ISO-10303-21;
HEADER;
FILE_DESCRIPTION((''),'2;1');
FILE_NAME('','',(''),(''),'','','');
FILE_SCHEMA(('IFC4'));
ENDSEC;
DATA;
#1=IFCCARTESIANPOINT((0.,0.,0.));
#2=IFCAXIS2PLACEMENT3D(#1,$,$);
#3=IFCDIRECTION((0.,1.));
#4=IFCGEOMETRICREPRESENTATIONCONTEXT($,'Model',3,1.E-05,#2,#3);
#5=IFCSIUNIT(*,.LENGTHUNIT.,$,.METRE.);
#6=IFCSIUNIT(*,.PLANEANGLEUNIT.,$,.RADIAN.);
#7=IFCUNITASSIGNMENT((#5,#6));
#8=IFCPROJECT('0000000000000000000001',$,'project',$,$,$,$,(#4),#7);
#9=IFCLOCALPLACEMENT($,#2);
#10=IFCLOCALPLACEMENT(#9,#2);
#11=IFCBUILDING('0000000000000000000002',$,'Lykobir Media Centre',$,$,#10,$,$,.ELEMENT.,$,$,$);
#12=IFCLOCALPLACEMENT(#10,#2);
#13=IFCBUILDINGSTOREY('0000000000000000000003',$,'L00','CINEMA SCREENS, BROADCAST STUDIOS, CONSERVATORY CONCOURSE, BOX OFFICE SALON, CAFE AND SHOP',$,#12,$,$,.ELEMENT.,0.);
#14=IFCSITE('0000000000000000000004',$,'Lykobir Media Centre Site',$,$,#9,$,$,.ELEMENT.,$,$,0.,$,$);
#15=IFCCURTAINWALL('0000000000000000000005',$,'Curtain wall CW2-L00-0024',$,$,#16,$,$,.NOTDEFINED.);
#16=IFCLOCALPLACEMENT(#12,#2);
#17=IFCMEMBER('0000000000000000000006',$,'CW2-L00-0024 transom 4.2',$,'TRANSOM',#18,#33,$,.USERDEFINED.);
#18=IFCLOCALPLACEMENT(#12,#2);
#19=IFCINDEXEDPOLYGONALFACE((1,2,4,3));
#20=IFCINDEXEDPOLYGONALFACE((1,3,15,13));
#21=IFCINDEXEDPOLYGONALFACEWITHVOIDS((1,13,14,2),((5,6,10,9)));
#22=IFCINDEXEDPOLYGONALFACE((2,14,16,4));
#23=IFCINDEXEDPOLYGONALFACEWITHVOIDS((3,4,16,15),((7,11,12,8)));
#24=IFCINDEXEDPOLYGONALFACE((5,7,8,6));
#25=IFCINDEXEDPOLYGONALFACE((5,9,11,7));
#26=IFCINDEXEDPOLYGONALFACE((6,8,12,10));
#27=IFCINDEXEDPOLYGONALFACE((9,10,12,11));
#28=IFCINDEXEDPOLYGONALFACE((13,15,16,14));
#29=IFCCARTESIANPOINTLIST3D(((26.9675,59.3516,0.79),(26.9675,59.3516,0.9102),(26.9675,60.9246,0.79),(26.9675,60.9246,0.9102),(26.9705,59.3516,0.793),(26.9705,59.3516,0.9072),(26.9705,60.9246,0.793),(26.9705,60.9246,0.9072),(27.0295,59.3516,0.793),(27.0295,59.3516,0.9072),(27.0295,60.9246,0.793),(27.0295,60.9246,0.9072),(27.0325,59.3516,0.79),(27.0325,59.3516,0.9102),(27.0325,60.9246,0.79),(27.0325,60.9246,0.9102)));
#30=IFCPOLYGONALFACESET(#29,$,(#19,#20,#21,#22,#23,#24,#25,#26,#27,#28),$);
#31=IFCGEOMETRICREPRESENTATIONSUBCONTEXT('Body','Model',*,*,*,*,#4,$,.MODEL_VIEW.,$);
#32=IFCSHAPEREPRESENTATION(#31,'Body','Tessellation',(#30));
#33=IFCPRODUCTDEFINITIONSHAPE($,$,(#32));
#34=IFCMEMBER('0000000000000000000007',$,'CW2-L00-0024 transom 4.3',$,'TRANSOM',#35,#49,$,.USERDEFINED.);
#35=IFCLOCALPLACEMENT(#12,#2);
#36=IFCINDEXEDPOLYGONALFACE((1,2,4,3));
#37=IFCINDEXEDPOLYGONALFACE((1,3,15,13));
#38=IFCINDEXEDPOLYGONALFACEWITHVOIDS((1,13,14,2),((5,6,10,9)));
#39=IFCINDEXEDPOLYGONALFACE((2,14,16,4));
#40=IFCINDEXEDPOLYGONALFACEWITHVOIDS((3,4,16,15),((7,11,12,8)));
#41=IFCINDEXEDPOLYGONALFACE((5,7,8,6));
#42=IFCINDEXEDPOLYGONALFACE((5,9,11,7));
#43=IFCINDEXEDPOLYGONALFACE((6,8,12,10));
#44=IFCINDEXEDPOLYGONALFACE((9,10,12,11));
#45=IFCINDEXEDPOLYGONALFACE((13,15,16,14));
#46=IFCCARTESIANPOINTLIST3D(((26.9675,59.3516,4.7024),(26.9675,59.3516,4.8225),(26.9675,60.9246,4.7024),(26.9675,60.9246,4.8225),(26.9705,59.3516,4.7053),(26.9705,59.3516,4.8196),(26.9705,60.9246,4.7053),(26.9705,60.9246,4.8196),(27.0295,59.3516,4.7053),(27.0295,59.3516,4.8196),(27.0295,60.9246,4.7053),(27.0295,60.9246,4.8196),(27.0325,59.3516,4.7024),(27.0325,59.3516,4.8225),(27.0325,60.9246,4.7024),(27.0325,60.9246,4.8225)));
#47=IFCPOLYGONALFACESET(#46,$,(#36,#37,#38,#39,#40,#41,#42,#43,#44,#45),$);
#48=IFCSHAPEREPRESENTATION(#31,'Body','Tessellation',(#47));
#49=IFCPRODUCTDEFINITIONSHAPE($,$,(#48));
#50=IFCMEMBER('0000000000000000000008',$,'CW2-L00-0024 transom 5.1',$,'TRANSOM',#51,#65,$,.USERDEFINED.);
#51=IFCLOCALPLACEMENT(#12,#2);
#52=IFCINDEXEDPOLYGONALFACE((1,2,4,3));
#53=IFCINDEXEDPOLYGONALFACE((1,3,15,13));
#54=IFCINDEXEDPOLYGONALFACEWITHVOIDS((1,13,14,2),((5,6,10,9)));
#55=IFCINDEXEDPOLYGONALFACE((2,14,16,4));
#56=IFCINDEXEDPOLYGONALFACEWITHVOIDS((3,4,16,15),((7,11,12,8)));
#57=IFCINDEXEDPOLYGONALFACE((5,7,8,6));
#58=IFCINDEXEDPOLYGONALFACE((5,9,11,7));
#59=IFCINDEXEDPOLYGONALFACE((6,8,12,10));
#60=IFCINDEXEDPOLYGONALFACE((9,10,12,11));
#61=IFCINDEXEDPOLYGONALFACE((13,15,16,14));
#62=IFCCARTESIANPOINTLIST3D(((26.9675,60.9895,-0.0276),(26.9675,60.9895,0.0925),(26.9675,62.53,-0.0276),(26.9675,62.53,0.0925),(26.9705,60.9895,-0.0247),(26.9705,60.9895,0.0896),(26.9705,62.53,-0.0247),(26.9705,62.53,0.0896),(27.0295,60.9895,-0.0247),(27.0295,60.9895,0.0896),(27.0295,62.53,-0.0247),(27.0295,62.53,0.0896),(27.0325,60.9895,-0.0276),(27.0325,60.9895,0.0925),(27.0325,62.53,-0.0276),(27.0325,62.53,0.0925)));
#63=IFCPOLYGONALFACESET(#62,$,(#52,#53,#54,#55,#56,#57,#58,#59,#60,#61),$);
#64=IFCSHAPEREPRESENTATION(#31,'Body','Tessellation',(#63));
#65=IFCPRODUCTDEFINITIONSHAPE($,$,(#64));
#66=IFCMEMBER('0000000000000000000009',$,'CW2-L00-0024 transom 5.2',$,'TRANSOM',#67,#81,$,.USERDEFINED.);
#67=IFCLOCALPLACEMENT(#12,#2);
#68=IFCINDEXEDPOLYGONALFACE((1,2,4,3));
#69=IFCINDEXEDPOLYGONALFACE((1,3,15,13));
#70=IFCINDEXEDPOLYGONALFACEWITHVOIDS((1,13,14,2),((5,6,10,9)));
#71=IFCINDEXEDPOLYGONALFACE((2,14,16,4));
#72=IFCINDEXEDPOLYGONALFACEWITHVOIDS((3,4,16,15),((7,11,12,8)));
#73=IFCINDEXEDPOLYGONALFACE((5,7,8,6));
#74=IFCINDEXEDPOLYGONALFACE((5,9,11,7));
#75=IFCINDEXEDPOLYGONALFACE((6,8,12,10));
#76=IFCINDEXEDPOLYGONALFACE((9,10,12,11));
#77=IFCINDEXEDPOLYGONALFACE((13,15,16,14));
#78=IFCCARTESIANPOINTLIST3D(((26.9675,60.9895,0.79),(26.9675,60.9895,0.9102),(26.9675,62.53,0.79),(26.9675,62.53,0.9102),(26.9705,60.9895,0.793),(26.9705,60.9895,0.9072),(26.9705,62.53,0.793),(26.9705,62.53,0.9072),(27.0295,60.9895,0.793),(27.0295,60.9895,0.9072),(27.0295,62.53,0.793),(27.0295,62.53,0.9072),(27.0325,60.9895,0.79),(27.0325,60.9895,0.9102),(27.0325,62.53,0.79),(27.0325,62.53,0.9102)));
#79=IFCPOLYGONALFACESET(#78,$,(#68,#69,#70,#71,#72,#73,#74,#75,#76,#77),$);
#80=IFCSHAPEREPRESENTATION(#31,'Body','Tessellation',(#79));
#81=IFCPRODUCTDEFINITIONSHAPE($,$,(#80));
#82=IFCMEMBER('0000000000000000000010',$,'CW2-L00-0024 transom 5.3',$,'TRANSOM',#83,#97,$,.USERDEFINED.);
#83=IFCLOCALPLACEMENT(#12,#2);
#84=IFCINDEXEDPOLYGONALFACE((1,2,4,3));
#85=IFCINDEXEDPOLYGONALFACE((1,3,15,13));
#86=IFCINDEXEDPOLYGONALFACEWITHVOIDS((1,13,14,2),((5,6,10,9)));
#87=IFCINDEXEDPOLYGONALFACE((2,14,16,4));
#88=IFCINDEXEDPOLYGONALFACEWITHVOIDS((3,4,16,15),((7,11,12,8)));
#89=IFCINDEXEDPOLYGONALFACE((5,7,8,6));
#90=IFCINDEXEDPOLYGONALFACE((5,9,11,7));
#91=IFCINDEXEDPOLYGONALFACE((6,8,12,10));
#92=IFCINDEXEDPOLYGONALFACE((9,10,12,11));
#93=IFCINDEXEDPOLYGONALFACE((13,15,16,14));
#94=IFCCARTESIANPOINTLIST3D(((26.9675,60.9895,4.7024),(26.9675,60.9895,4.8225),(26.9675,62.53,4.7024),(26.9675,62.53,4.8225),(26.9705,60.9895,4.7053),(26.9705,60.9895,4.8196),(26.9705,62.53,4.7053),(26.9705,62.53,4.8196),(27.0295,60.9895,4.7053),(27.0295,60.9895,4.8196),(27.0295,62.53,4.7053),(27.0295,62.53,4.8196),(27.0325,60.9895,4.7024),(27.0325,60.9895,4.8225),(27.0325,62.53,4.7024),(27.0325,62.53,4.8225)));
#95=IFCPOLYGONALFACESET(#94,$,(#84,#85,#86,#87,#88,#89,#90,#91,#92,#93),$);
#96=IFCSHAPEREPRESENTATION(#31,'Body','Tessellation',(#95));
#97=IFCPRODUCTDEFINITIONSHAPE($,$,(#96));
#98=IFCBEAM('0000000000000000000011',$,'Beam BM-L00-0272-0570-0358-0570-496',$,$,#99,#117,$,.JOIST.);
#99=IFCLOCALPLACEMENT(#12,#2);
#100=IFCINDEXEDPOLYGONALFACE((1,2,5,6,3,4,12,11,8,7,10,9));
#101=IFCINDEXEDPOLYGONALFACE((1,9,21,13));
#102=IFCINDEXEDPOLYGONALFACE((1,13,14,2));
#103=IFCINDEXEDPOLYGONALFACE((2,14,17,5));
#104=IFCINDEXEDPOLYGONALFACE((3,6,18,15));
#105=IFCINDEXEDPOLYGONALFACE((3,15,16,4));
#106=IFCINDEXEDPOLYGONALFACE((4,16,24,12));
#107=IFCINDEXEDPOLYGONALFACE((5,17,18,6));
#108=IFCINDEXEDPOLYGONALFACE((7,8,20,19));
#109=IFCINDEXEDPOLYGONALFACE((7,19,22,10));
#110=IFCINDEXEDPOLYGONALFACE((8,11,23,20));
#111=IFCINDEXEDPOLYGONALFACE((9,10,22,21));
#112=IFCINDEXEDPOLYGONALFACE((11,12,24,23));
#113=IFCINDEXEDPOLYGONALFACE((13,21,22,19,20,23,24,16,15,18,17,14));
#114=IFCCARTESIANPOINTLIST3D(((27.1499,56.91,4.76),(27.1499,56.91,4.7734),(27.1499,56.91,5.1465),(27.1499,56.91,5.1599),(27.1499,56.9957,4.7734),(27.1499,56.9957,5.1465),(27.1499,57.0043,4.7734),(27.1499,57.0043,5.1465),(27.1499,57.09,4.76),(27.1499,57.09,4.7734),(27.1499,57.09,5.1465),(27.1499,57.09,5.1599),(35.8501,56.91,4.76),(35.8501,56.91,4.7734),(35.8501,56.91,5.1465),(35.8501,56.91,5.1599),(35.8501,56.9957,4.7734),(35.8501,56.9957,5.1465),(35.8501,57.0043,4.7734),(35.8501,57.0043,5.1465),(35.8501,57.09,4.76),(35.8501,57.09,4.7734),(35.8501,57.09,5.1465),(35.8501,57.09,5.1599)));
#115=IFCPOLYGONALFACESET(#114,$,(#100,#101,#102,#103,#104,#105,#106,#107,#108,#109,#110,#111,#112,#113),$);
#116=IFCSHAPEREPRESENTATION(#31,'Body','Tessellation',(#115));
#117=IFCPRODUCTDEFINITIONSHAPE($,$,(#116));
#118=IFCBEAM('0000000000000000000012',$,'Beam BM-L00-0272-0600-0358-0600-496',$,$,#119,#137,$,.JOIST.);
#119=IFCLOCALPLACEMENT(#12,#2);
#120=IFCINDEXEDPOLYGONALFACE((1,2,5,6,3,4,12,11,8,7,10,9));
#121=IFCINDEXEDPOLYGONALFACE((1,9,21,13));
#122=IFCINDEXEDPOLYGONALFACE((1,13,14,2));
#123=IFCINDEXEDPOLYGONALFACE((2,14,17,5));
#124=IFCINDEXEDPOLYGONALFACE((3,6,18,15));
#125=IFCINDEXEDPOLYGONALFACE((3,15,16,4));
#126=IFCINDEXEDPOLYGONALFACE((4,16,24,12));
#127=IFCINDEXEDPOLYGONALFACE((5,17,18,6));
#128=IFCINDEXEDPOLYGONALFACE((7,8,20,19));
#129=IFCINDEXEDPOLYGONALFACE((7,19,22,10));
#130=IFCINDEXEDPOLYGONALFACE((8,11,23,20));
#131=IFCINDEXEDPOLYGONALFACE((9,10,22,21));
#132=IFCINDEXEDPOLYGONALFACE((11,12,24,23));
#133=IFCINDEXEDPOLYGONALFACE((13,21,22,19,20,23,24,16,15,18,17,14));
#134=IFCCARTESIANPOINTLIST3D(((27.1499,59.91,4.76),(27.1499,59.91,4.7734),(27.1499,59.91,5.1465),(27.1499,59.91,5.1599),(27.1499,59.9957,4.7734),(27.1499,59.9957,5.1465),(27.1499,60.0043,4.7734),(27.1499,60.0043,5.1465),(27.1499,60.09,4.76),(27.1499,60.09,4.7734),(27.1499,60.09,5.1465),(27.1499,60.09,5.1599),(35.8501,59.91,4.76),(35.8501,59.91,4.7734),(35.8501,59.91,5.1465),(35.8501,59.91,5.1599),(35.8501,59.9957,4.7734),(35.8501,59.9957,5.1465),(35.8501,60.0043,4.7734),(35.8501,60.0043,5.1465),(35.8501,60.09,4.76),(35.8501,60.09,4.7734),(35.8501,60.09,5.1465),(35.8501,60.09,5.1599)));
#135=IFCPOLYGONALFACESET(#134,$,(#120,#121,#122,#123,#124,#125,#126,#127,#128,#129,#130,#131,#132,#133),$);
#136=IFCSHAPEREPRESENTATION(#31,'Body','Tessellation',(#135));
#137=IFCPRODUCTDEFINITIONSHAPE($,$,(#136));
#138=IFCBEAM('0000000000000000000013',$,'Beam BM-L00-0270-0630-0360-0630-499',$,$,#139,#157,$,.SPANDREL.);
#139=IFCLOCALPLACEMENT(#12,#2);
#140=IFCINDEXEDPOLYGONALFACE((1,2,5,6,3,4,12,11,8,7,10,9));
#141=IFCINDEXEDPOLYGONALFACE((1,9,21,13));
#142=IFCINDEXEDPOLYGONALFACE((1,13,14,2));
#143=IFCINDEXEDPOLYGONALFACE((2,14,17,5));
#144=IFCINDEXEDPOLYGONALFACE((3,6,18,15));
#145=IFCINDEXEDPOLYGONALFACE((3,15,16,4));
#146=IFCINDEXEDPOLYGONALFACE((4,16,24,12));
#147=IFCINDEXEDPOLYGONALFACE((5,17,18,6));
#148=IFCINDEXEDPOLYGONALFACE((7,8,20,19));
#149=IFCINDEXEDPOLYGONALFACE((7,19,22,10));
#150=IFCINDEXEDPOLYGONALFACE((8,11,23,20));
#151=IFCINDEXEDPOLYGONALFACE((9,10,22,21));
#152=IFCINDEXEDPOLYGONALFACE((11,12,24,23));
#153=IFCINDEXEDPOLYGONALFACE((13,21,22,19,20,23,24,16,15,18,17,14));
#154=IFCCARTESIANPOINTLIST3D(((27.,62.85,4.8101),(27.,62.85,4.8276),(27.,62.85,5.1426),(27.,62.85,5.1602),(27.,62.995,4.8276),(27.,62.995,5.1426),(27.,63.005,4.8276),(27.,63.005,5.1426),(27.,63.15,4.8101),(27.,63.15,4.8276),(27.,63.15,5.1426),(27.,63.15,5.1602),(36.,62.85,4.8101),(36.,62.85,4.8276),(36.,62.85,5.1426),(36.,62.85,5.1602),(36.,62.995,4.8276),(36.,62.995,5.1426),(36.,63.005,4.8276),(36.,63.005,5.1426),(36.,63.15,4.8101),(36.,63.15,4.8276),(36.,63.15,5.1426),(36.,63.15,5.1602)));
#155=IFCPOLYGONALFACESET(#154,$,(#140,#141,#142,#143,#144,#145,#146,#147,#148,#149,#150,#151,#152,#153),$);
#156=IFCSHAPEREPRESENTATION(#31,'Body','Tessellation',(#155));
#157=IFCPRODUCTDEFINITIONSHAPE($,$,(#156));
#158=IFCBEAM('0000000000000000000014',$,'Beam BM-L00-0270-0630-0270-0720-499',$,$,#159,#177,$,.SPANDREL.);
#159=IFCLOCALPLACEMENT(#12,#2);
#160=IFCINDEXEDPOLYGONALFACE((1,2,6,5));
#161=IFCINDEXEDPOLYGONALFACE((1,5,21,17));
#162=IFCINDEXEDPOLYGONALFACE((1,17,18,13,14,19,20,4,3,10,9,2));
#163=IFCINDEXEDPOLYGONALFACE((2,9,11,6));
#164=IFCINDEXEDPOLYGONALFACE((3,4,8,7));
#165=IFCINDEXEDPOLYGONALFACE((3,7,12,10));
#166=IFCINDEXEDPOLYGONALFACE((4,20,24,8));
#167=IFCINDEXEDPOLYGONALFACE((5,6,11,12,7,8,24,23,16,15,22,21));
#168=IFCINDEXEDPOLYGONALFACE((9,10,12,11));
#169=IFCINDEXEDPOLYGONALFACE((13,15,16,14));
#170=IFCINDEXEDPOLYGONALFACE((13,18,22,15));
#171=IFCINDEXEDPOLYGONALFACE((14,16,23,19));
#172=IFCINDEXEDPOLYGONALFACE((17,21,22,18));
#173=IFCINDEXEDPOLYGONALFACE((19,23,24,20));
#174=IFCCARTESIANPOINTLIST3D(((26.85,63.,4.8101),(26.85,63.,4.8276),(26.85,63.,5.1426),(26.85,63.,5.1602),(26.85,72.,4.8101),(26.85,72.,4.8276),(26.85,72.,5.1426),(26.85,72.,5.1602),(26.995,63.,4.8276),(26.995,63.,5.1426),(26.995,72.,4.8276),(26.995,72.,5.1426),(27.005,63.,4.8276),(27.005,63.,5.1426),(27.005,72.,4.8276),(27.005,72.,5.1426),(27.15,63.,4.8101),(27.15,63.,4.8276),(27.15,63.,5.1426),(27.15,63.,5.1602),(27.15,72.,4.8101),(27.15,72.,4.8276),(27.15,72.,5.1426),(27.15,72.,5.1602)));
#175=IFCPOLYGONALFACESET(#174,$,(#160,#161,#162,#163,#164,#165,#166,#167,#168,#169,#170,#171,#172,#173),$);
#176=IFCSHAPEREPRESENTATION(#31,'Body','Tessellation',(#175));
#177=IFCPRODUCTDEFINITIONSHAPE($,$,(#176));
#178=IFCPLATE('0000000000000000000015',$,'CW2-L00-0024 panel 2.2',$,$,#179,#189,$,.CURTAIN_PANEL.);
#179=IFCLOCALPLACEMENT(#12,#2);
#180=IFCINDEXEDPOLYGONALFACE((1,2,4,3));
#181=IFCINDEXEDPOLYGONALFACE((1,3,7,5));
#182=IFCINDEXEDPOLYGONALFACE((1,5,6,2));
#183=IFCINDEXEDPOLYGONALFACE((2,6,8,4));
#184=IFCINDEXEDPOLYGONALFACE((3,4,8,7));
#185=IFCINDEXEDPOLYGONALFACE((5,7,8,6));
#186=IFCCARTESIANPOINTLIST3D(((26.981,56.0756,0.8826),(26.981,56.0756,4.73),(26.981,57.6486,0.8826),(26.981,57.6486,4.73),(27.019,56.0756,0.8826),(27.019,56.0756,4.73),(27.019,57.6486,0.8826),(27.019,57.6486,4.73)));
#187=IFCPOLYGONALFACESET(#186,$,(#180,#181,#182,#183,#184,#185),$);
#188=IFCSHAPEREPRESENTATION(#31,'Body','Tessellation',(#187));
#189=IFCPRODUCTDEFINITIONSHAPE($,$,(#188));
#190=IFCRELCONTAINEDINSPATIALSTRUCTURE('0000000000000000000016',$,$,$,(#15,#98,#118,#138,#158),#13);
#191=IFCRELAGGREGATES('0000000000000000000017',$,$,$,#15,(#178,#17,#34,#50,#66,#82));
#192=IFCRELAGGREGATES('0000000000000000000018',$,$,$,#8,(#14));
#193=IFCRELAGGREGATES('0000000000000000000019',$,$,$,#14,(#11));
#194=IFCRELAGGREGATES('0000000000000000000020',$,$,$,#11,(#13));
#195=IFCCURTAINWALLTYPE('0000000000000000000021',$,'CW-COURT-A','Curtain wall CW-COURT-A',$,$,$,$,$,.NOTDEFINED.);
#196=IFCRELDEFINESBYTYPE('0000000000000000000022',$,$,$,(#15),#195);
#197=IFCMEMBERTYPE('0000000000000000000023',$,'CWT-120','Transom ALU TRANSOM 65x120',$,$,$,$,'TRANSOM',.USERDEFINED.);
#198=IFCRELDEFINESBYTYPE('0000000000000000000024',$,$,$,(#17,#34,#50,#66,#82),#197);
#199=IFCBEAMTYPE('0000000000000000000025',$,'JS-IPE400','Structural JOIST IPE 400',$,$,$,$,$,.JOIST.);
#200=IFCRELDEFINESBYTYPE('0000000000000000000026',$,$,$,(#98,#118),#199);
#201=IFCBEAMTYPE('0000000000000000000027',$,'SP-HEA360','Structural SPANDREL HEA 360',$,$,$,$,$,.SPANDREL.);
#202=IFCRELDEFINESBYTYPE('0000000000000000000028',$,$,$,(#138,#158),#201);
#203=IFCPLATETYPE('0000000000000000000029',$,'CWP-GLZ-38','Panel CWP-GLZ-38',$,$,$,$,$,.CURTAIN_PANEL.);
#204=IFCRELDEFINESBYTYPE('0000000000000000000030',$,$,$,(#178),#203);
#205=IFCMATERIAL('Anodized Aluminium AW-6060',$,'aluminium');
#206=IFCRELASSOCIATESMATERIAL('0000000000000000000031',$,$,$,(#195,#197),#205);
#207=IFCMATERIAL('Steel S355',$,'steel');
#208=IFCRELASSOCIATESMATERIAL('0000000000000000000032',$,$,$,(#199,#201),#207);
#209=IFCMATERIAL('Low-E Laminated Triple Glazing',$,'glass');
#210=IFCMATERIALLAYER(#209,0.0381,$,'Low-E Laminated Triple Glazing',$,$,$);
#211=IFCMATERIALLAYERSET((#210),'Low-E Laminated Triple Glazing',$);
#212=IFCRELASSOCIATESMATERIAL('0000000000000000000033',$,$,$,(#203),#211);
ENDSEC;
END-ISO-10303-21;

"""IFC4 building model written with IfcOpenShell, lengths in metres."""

from ifc_helpers import new_model, si_unit, direction, frame, origin, origin_2d, place, context, subcontext, project, spatial, rectangle, hollow_rectangle, i_section, extrude, material, layer, layer_set, material_profile, profile_set, type_object, element, aggregate, save


model = new_model("IFC4")

# Units and contexts
model_context = context("Model", 3, precision=1e-05, world=origin(), true_north=direction((0.0, 1.0)))
body_context = subcontext(model_context, "Body", "Model", "MODEL_VIEW")
ifc_project = project(units=[si_unit("LENGTHUNIT", "METRE"), si_unit("PLANEANGLEUNIT", "RADIAN")], contexts=[model_context])

# Site, building, storey
site_placement = place(None, origin())
site = spatial("IfcSite", under=ifc_project, at=site_placement, Name="Lykobir Media Centre Site", CompositionType="ELEMENT", RefElevation=0.0)
building_placement = place(site_placement, origin())
building = spatial("IfcBuilding", under=site, at=building_placement, Name="Lykobir Media Centre", CompositionType="ELEMENT")
storey_placement = place(building_placement, origin())
storey = spatial("IfcBuildingStorey", under=building, at=storey_placement, Name="L00", Description="CINEMA SCREENS, BROADCAST STUDIOS, CONSERVATORY CONCOURSE, BOX OFFICE SALON, CAFE AND SHOP", CompositionType="ELEMENT", Elevation=0.0)

# Curtain wall, members
ifc_material_1 = material(Name="Anodized Aluminium AW-6060", Category="aluminium")
curtain_wall_type = type_object("IfcCurtainWallType", Name="CW-COURT-A", Description="Curtain wall CW-COURT-A", PredefinedType="NOTDEFINED", material=ifc_material_1)
curtain_wall_placement = place(storey_placement, origin())
curtain_wall = element("IfcCurtainWall", 1, at=curtain_wall_placement, inside=storey, type_object=curtain_wall_type, Name="Curtain wall CW2-L00-0024", PredefinedType="NOTDEFINED")
ifc_material_profile_1 = material_profile(ifc_material_1, hollow_rectangle(XDim=0.0649, YDim=0.1201, WallThickness=0.0029, at=origin_2d()), Name="ALU TRANSOM 65x120")
ifc_profile_set_1 = profile_set([ifc_material_profile_1], Name="Anodized Aluminium AW-6060")
member_type_1 = type_object("IfcMemberType", Name="CWT-120", Description="Transom ALU TRANSOM 65x120", ElementType="TRANSOM", PredefinedType="USERDEFINED", material=ifc_profile_set_1)
member_1_placement = place(storey_placement, frame((27.0, 59.3516, 0.8501), z_axis=(0.0, 1.0, 0.0), x_axis=(-1.0, 0.0, 0.0)))
member_1 = element("IfcMember", 2, at=member_1_placement, type_object=member_type_1, Name="CW2-L00-0024 transom 4.2", ObjectType="TRANSOM", PredefinedType="USERDEFINED", context=body_context, shape_type="SweptSolid", body=[
    extrude(hollow_rectangle(XDim=0.0649, YDim=0.1201, WallThickness=0.0029, at=origin_2d()), origin(), (0.0, 0.0, 1.0), 1.573),
])
member_2_placement = place(storey_placement, frame((27.0, 59.3516, 4.7625), z_axis=(0.0, 1.0, 0.0), x_axis=(-1.0, 0.0, 0.0)))
member_2 = element("IfcMember", 3, at=member_2_placement, type_object=member_type_1, Name="CW2-L00-0024 transom 4.3", ObjectType="TRANSOM", PredefinedType="USERDEFINED", context=body_context, shape_type="SweptSolid", body=[
    extrude(hollow_rectangle(XDim=0.0649, YDim=0.1201, WallThickness=0.0029, at=origin_2d()), origin(), (0.0, 0.0, 1.0), 1.573),
])
member_3_placement = place(storey_placement, frame((27.0, 60.9895, 0.0325), z_axis=(0.0, 1.0, 0.0), x_axis=(-1.0, 0.0, 0.0)))
member_3 = element("IfcMember", 4, at=member_3_placement, type_object=member_type_1, Name="CW2-L00-0024 transom 5.1", ObjectType="TRANSOM", PredefinedType="USERDEFINED", context=body_context, shape_type="SweptSolid", body=[
    extrude(hollow_rectangle(XDim=0.0649, YDim=0.1201, WallThickness=0.0029, at=origin_2d()), origin(), (0.0, 0.0, 1.0), 1.5405),
])
member_4_placement = place(storey_placement, frame((27.0, 60.9895, 0.8501), z_axis=(0.0, 1.0, 0.0), x_axis=(-1.0, 0.0, 0.0)))
member_4 = element("IfcMember", 5, at=member_4_placement, type_object=member_type_1, Name="CW2-L00-0024 transom 5.2", ObjectType="TRANSOM", PredefinedType="USERDEFINED", context=body_context, shape_type="SweptSolid", body=[
    extrude(hollow_rectangle(XDim=0.0649, YDim=0.1201, WallThickness=0.0029, at=origin_2d()), origin(), (0.0, 0.0, 1.0), 1.5405),
])
member_5_placement = place(storey_placement, frame((27.0, 60.9895, 4.7625), z_axis=(0.0, 1.0, 0.0), x_axis=(-1.0, 0.0, 0.0)))
member_5 = element("IfcMember", 6, at=member_5_placement, type_object=member_type_1, Name="CW2-L00-0024 transom 5.3", ObjectType="TRANSOM", PredefinedType="USERDEFINED", context=body_context, shape_type="SweptSolid", body=[
    extrude(hollow_rectangle(XDim=0.0649, YDim=0.1201, WallThickness=0.0029, at=origin_2d()), origin(), (0.0, 0.0, 1.0), 1.5405),
])

# Beams
ifc_material_2 = material(Name="Steel S355", Category="steel")
ifc_material_profile_2 = material_profile(ifc_material_2, i_section(OverallWidth=0.1799, OverallDepth=0.3999, WebThickness=0.0085, FlangeThickness=0.0134, at=origin_2d()), Name="IPE 400")
ifc_profile_set_2 = profile_set([ifc_material_profile_2], Name="Steel S355")
beam_type_1 = type_object("IfcBeamType", Name="JS-IPE400", Description="Structural JOIST IPE 400", PredefinedType="JOIST", material=ifc_profile_set_2)
for number, where, z_axis, x_axis, name in (
    (7, (27.1499, 57.0, 4.96), (1.0, 0.0, 0.0), (0.0, 1.0, 0.0), "Beam BM-L00-0272-0570-0358-0570-496"),
    (8, (27.1499, 60.0, 4.96), (1.0, 0.0, 0.0), (0.0, 1.0, 0.0), "Beam BM-L00-0272-0600-0358-0600-496"),
):
    element("IfcBeam", number, at=place(storey_placement, frame(where, z_axis=z_axis, x_axis=x_axis)), inside=storey, type_object=beam_type_1, Name=name, PredefinedType="JOIST", context=body_context, shape_type="SweptSolid", body=[
        extrude(i_section(OverallWidth=0.1799, OverallDepth=0.3999, WebThickness=0.0085, FlangeThickness=0.0134, at=origin_2d()), origin(), (0.0, 0.0, 1.0), 8.7002),
    ])
ifc_material_profile_3 = material_profile(ifc_material_2, i_section(OverallWidth=0.3, OverallDepth=0.3501, WebThickness=0.01, FlangeThickness=0.0176, at=origin_2d()), Name="HEA 360")
ifc_profile_set_3 = profile_set([ifc_material_profile_3], Name="Steel S355")
beam_type_2 = type_object("IfcBeamType", Name="SP-HEA360", Description="Structural SPANDREL HEA 360", PredefinedType="SPANDREL", material=ifc_profile_set_3)
for number, where, z_axis, x_axis, name in (
    (9, (27.0, 63.0, 4.9851), (1.0, 0.0, 0.0), (0.0, 1.0, 0.0), "Beam BM-L00-0270-0630-0360-0630-499"),
    (10, (27.0, 63.0, 4.9851), (0.0, 1.0, 0.0), (-1.0, 0.0, 0.0), "Beam BM-L00-0270-0630-0270-0720-499"),
):
    element("IfcBeam", number, at=place(storey_placement, frame(where, z_axis=z_axis, x_axis=x_axis)), inside=storey, type_object=beam_type_2, Name=name, PredefinedType="SPANDREL", context=body_context, shape_type="SweptSolid", body=[
        extrude(i_section(OverallWidth=0.3, OverallDepth=0.3501, WebThickness=0.01, FlangeThickness=0.0176, at=origin_2d()), origin(), (0.0, 0.0, 1.0), 9.0),
    ])

# Plate
ifc_material_3 = material(Name="Low-E Laminated Triple Glazing", Category="glass")
ifc_layer_1 = layer(ifc_material_3, 0.0381, Name="Low-E Laminated Triple Glazing")
ifc_layer_set_1 = layer_set([ifc_layer_1], Name="Low-E Laminated Triple Glazing")
plate_type_1 = type_object("IfcPlateType", Name="CWP-GLZ-38", Description="Panel CWP-GLZ-38", PredefinedType="CURTAIN_PANEL", material=ifc_layer_set_1)
plate_1_placement = place(storey_placement, frame((27.0, 56.8621, 0.8826), z_axis=(0.0, 0.0, 1.0), x_axis=(0.0, 1.0, 0.0)))
plate_1 = element("IfcPlate", 11, at=plate_1_placement, type_object=plate_type_1, Name="CW2-L00-0024 panel 2.2", PredefinedType="CURTAIN_PANEL", context=body_context, shape_type="SweptSolid", body=[
    extrude(rectangle(XDim=1.573, YDim=0.0381, at=origin_2d()), origin(), (0.0, 0.0, 1.0), 3.8474),
])
aggregate(curtain_wall, [plate_1, member_1, member_2, member_3, member_4, member_5])

save(model, "model.ifc")
